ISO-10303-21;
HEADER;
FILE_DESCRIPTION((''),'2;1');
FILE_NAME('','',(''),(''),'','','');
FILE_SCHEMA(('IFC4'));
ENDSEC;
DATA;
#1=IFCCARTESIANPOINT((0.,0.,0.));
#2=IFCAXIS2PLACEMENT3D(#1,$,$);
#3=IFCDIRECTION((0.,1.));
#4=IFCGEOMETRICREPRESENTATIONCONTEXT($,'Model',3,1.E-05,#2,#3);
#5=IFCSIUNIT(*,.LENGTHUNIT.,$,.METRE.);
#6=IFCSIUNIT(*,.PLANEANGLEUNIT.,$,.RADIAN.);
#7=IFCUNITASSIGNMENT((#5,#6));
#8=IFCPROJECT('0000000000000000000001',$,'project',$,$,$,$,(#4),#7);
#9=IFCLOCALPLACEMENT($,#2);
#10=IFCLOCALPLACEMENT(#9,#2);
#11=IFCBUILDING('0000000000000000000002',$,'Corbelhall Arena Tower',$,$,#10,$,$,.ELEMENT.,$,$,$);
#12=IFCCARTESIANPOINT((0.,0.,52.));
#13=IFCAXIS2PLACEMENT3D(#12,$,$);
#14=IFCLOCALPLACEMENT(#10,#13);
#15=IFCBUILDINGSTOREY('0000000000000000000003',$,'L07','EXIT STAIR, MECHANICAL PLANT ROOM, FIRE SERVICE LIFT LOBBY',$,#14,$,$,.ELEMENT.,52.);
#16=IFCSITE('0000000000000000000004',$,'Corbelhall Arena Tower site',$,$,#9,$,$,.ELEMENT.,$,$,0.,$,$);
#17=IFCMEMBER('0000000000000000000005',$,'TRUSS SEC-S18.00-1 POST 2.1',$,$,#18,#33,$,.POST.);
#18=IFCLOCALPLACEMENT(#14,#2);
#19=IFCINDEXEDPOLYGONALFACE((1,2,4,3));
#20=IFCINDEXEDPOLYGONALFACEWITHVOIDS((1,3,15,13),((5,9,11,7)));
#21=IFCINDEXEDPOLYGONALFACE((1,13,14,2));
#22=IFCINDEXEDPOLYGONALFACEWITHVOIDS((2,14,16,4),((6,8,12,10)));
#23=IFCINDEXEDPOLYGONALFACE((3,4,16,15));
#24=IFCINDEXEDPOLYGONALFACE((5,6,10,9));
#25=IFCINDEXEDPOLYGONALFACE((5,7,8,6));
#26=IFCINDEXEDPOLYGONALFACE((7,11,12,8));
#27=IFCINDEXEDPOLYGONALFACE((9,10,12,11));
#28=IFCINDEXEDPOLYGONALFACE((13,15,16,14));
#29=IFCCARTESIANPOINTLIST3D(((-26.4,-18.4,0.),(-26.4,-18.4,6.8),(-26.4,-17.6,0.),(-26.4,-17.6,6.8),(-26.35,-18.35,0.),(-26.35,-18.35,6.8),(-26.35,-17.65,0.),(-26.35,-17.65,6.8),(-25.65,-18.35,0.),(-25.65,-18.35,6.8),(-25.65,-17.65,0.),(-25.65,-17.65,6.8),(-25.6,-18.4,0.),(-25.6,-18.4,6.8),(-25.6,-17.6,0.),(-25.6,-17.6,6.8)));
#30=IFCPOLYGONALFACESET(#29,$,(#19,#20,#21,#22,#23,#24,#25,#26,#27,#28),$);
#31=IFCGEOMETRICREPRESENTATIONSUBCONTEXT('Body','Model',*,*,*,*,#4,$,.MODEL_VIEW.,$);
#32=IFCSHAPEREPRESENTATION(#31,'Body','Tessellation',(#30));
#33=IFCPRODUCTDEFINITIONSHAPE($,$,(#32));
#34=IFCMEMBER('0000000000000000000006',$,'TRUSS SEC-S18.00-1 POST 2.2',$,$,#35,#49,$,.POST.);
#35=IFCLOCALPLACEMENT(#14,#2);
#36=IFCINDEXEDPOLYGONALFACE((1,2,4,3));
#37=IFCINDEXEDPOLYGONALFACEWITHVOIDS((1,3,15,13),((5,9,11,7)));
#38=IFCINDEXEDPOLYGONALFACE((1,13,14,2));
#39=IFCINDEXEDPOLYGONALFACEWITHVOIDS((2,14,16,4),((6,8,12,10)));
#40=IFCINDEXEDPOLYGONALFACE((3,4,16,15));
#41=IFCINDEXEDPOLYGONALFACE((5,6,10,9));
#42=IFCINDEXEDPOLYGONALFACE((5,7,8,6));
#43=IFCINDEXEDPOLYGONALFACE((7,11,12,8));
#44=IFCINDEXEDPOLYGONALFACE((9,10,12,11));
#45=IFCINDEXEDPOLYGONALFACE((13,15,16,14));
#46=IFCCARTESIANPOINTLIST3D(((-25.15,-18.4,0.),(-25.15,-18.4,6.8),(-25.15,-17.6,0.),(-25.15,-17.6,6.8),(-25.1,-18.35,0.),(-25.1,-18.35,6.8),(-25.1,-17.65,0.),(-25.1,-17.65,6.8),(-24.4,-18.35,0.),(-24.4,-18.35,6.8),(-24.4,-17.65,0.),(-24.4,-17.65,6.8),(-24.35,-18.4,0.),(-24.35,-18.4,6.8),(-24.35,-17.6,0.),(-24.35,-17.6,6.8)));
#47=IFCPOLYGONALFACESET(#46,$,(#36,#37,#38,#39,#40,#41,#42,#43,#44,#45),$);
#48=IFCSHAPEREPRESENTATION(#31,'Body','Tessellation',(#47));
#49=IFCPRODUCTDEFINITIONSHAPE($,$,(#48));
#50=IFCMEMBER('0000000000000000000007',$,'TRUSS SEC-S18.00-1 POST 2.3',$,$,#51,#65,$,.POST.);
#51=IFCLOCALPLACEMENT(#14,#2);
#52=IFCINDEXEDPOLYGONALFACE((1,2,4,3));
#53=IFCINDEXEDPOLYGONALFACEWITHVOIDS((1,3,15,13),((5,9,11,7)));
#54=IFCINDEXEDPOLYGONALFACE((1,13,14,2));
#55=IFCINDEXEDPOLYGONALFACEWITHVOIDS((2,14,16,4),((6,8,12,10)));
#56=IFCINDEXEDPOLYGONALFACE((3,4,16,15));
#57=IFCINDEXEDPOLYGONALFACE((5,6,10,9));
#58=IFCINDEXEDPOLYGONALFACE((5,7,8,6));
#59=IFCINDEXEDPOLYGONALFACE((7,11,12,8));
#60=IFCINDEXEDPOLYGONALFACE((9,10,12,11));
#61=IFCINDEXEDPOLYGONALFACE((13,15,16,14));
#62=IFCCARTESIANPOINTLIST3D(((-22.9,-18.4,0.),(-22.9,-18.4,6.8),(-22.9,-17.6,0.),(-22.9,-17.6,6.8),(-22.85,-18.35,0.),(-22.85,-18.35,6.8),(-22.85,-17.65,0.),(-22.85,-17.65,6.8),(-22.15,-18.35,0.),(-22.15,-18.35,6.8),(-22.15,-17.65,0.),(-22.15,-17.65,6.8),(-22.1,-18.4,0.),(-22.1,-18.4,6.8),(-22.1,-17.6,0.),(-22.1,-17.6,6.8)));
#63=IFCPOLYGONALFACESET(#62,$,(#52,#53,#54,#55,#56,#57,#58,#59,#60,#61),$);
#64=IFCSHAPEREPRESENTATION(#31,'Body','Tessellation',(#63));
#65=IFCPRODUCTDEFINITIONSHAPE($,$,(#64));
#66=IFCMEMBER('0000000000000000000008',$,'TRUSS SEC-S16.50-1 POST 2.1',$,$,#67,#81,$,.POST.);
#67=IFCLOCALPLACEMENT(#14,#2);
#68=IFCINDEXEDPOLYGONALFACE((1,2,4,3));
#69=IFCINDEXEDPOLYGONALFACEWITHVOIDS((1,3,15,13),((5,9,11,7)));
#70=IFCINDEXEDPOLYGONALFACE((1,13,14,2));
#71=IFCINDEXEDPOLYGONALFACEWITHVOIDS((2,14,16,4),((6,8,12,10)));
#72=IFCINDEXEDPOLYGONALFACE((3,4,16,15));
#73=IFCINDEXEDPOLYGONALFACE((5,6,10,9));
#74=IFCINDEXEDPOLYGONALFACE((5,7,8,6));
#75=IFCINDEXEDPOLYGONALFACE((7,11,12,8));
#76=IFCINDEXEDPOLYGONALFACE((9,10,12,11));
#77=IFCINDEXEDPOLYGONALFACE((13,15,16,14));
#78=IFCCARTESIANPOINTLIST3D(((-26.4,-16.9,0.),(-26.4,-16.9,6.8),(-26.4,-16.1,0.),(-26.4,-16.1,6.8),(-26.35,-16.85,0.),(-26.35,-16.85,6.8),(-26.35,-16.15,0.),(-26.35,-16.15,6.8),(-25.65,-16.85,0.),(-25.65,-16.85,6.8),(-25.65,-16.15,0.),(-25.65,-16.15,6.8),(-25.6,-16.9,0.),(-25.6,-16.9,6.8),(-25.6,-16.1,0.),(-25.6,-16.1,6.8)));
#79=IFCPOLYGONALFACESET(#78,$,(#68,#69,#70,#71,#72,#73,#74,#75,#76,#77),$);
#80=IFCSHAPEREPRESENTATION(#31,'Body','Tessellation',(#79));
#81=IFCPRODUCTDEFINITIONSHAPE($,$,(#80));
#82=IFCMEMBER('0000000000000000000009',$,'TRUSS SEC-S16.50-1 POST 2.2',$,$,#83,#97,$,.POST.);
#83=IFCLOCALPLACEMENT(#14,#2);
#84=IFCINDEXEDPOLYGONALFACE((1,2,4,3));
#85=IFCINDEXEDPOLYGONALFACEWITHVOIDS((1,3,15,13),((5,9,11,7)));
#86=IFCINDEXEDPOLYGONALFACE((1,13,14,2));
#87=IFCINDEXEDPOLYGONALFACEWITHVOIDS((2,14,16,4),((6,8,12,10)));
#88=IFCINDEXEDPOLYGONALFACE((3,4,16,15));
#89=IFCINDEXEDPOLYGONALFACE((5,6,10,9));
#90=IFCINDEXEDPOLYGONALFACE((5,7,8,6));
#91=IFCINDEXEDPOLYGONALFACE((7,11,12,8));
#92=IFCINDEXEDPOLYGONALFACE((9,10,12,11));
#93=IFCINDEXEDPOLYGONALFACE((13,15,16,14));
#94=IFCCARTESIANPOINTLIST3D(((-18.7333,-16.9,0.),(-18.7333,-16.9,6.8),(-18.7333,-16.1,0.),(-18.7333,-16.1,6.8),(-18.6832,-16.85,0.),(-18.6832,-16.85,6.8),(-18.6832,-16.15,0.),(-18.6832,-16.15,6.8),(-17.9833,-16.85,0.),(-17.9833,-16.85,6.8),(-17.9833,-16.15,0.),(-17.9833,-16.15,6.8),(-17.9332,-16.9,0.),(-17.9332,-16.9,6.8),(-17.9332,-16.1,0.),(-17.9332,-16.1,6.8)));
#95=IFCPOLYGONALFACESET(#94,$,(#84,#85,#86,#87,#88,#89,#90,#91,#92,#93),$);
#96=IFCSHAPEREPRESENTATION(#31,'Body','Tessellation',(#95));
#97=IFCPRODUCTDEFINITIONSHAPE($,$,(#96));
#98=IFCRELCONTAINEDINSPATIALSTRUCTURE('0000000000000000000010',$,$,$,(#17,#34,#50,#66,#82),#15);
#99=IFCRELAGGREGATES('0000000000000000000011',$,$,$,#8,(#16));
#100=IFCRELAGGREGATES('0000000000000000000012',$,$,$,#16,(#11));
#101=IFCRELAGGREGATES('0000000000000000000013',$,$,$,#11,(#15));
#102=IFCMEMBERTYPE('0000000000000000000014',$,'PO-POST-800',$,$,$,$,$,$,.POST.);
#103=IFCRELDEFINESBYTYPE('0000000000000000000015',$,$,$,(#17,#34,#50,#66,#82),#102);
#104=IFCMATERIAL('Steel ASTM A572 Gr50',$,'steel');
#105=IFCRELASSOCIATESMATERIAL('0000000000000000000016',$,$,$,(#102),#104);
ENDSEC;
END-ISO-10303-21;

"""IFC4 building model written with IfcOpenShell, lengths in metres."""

from ifc_helpers import new_model, si_unit, direction, frame, origin, origin_2d, place, context, subcontext, project, spatial, hollow_rectangle, extrude, material, material_profile, profile_set, type_object, element, save


model = new_model("IFC4")

# Units and contexts
model_context = context("Model", 3, precision=1e-05, world=origin(), true_north=direction((0.0, 1.0)))
body_context = subcontext(model_context, "Body", "Model", "MODEL_VIEW")
ifc_project = project(units=[si_unit("LENGTHUNIT", "METRE"), si_unit("PLANEANGLEUNIT", "RADIAN")], contexts=[model_context])

# Site, building, storey
site_placement = place(None, origin())
site = spatial("IfcSite", under=ifc_project, at=site_placement, Name="Corbelhall Arena Tower site", CompositionType="ELEMENT", RefElevation=0.0)
building_placement = place(site_placement, origin())
building = spatial("IfcBuilding", under=site, at=building_placement, Name="Corbelhall Arena Tower", CompositionType="ELEMENT")
storey_placement = place(building_placement, frame((0.0, 0.0, 52.0)))
storey = spatial("IfcBuildingStorey", under=building, at=storey_placement, Name="L07", Description="EXIT STAIR, MECHANICAL PLANT ROOM, FIRE SERVICE LIFT LOBBY", CompositionType="ELEMENT", Elevation=52.0)

# Members
ifc_material_1 = material(Name="Steel ASTM A572 Gr50", Category="steel")
ifc_material_profile_1 = material_profile(ifc_material_1, hollow_rectangle(XDim=0.8, YDim=0.8, WallThickness=0.05, at=origin_2d()))
ifc_profile_set_1 = profile_set([ifc_material_profile_1], Name="Steel ASTM A572 Gr50")
member_type_1 = type_object("IfcMemberType", Name="PO-POST-800", PredefinedType="POST", material=ifc_profile_set_1)
for number, where, z_axis, x_axis, name in (
    (1, (-26.0, -18.0, 0.0), (0.0, 0.0, 1.0), (1.0, 0.0, 0.0), "TRUSS SEC-S18.00-1 POST 2.1"),
    (2, (-24.75, -18.0, 0.0), (0.0, 0.0, 1.0), (1.0, 0.0, 0.0), "TRUSS SEC-S18.00-1 POST 2.2"),
    (3, (-22.5, -18.0, 0.0), (0.0, 0.0, 1.0), (1.0, 0.0, 0.0), "TRUSS SEC-S18.00-1 POST 2.3"),
    (4, (-26.0, -16.5, 0.0), (0.0, 0.0, 1.0), (1.0, 0.0, 0.0), "TRUSS SEC-S16.50-1 POST 2.1"),
    (5, (-18.3333, -16.5, 0.0), (0.0, 0.0, 1.0), (1.0, 0.0, 0.0), "TRUSS SEC-S16.50-1 POST 2.2"),
):
    element("IfcMember", number, at=place(storey_placement, frame(where, z_axis=z_axis, x_axis=x_axis)), inside=storey, type_object=member_type_1, Name=name, PredefinedType="POST", context=body_context, shape_type="SweptSolid", body=[
        extrude(hollow_rectangle(XDim=0.8, YDim=0.8, WallThickness=0.05, at=origin_2d()), origin(), (0.0, 0.0, 1.0), 6.8),
    ])

save(model, "model.ifc")
